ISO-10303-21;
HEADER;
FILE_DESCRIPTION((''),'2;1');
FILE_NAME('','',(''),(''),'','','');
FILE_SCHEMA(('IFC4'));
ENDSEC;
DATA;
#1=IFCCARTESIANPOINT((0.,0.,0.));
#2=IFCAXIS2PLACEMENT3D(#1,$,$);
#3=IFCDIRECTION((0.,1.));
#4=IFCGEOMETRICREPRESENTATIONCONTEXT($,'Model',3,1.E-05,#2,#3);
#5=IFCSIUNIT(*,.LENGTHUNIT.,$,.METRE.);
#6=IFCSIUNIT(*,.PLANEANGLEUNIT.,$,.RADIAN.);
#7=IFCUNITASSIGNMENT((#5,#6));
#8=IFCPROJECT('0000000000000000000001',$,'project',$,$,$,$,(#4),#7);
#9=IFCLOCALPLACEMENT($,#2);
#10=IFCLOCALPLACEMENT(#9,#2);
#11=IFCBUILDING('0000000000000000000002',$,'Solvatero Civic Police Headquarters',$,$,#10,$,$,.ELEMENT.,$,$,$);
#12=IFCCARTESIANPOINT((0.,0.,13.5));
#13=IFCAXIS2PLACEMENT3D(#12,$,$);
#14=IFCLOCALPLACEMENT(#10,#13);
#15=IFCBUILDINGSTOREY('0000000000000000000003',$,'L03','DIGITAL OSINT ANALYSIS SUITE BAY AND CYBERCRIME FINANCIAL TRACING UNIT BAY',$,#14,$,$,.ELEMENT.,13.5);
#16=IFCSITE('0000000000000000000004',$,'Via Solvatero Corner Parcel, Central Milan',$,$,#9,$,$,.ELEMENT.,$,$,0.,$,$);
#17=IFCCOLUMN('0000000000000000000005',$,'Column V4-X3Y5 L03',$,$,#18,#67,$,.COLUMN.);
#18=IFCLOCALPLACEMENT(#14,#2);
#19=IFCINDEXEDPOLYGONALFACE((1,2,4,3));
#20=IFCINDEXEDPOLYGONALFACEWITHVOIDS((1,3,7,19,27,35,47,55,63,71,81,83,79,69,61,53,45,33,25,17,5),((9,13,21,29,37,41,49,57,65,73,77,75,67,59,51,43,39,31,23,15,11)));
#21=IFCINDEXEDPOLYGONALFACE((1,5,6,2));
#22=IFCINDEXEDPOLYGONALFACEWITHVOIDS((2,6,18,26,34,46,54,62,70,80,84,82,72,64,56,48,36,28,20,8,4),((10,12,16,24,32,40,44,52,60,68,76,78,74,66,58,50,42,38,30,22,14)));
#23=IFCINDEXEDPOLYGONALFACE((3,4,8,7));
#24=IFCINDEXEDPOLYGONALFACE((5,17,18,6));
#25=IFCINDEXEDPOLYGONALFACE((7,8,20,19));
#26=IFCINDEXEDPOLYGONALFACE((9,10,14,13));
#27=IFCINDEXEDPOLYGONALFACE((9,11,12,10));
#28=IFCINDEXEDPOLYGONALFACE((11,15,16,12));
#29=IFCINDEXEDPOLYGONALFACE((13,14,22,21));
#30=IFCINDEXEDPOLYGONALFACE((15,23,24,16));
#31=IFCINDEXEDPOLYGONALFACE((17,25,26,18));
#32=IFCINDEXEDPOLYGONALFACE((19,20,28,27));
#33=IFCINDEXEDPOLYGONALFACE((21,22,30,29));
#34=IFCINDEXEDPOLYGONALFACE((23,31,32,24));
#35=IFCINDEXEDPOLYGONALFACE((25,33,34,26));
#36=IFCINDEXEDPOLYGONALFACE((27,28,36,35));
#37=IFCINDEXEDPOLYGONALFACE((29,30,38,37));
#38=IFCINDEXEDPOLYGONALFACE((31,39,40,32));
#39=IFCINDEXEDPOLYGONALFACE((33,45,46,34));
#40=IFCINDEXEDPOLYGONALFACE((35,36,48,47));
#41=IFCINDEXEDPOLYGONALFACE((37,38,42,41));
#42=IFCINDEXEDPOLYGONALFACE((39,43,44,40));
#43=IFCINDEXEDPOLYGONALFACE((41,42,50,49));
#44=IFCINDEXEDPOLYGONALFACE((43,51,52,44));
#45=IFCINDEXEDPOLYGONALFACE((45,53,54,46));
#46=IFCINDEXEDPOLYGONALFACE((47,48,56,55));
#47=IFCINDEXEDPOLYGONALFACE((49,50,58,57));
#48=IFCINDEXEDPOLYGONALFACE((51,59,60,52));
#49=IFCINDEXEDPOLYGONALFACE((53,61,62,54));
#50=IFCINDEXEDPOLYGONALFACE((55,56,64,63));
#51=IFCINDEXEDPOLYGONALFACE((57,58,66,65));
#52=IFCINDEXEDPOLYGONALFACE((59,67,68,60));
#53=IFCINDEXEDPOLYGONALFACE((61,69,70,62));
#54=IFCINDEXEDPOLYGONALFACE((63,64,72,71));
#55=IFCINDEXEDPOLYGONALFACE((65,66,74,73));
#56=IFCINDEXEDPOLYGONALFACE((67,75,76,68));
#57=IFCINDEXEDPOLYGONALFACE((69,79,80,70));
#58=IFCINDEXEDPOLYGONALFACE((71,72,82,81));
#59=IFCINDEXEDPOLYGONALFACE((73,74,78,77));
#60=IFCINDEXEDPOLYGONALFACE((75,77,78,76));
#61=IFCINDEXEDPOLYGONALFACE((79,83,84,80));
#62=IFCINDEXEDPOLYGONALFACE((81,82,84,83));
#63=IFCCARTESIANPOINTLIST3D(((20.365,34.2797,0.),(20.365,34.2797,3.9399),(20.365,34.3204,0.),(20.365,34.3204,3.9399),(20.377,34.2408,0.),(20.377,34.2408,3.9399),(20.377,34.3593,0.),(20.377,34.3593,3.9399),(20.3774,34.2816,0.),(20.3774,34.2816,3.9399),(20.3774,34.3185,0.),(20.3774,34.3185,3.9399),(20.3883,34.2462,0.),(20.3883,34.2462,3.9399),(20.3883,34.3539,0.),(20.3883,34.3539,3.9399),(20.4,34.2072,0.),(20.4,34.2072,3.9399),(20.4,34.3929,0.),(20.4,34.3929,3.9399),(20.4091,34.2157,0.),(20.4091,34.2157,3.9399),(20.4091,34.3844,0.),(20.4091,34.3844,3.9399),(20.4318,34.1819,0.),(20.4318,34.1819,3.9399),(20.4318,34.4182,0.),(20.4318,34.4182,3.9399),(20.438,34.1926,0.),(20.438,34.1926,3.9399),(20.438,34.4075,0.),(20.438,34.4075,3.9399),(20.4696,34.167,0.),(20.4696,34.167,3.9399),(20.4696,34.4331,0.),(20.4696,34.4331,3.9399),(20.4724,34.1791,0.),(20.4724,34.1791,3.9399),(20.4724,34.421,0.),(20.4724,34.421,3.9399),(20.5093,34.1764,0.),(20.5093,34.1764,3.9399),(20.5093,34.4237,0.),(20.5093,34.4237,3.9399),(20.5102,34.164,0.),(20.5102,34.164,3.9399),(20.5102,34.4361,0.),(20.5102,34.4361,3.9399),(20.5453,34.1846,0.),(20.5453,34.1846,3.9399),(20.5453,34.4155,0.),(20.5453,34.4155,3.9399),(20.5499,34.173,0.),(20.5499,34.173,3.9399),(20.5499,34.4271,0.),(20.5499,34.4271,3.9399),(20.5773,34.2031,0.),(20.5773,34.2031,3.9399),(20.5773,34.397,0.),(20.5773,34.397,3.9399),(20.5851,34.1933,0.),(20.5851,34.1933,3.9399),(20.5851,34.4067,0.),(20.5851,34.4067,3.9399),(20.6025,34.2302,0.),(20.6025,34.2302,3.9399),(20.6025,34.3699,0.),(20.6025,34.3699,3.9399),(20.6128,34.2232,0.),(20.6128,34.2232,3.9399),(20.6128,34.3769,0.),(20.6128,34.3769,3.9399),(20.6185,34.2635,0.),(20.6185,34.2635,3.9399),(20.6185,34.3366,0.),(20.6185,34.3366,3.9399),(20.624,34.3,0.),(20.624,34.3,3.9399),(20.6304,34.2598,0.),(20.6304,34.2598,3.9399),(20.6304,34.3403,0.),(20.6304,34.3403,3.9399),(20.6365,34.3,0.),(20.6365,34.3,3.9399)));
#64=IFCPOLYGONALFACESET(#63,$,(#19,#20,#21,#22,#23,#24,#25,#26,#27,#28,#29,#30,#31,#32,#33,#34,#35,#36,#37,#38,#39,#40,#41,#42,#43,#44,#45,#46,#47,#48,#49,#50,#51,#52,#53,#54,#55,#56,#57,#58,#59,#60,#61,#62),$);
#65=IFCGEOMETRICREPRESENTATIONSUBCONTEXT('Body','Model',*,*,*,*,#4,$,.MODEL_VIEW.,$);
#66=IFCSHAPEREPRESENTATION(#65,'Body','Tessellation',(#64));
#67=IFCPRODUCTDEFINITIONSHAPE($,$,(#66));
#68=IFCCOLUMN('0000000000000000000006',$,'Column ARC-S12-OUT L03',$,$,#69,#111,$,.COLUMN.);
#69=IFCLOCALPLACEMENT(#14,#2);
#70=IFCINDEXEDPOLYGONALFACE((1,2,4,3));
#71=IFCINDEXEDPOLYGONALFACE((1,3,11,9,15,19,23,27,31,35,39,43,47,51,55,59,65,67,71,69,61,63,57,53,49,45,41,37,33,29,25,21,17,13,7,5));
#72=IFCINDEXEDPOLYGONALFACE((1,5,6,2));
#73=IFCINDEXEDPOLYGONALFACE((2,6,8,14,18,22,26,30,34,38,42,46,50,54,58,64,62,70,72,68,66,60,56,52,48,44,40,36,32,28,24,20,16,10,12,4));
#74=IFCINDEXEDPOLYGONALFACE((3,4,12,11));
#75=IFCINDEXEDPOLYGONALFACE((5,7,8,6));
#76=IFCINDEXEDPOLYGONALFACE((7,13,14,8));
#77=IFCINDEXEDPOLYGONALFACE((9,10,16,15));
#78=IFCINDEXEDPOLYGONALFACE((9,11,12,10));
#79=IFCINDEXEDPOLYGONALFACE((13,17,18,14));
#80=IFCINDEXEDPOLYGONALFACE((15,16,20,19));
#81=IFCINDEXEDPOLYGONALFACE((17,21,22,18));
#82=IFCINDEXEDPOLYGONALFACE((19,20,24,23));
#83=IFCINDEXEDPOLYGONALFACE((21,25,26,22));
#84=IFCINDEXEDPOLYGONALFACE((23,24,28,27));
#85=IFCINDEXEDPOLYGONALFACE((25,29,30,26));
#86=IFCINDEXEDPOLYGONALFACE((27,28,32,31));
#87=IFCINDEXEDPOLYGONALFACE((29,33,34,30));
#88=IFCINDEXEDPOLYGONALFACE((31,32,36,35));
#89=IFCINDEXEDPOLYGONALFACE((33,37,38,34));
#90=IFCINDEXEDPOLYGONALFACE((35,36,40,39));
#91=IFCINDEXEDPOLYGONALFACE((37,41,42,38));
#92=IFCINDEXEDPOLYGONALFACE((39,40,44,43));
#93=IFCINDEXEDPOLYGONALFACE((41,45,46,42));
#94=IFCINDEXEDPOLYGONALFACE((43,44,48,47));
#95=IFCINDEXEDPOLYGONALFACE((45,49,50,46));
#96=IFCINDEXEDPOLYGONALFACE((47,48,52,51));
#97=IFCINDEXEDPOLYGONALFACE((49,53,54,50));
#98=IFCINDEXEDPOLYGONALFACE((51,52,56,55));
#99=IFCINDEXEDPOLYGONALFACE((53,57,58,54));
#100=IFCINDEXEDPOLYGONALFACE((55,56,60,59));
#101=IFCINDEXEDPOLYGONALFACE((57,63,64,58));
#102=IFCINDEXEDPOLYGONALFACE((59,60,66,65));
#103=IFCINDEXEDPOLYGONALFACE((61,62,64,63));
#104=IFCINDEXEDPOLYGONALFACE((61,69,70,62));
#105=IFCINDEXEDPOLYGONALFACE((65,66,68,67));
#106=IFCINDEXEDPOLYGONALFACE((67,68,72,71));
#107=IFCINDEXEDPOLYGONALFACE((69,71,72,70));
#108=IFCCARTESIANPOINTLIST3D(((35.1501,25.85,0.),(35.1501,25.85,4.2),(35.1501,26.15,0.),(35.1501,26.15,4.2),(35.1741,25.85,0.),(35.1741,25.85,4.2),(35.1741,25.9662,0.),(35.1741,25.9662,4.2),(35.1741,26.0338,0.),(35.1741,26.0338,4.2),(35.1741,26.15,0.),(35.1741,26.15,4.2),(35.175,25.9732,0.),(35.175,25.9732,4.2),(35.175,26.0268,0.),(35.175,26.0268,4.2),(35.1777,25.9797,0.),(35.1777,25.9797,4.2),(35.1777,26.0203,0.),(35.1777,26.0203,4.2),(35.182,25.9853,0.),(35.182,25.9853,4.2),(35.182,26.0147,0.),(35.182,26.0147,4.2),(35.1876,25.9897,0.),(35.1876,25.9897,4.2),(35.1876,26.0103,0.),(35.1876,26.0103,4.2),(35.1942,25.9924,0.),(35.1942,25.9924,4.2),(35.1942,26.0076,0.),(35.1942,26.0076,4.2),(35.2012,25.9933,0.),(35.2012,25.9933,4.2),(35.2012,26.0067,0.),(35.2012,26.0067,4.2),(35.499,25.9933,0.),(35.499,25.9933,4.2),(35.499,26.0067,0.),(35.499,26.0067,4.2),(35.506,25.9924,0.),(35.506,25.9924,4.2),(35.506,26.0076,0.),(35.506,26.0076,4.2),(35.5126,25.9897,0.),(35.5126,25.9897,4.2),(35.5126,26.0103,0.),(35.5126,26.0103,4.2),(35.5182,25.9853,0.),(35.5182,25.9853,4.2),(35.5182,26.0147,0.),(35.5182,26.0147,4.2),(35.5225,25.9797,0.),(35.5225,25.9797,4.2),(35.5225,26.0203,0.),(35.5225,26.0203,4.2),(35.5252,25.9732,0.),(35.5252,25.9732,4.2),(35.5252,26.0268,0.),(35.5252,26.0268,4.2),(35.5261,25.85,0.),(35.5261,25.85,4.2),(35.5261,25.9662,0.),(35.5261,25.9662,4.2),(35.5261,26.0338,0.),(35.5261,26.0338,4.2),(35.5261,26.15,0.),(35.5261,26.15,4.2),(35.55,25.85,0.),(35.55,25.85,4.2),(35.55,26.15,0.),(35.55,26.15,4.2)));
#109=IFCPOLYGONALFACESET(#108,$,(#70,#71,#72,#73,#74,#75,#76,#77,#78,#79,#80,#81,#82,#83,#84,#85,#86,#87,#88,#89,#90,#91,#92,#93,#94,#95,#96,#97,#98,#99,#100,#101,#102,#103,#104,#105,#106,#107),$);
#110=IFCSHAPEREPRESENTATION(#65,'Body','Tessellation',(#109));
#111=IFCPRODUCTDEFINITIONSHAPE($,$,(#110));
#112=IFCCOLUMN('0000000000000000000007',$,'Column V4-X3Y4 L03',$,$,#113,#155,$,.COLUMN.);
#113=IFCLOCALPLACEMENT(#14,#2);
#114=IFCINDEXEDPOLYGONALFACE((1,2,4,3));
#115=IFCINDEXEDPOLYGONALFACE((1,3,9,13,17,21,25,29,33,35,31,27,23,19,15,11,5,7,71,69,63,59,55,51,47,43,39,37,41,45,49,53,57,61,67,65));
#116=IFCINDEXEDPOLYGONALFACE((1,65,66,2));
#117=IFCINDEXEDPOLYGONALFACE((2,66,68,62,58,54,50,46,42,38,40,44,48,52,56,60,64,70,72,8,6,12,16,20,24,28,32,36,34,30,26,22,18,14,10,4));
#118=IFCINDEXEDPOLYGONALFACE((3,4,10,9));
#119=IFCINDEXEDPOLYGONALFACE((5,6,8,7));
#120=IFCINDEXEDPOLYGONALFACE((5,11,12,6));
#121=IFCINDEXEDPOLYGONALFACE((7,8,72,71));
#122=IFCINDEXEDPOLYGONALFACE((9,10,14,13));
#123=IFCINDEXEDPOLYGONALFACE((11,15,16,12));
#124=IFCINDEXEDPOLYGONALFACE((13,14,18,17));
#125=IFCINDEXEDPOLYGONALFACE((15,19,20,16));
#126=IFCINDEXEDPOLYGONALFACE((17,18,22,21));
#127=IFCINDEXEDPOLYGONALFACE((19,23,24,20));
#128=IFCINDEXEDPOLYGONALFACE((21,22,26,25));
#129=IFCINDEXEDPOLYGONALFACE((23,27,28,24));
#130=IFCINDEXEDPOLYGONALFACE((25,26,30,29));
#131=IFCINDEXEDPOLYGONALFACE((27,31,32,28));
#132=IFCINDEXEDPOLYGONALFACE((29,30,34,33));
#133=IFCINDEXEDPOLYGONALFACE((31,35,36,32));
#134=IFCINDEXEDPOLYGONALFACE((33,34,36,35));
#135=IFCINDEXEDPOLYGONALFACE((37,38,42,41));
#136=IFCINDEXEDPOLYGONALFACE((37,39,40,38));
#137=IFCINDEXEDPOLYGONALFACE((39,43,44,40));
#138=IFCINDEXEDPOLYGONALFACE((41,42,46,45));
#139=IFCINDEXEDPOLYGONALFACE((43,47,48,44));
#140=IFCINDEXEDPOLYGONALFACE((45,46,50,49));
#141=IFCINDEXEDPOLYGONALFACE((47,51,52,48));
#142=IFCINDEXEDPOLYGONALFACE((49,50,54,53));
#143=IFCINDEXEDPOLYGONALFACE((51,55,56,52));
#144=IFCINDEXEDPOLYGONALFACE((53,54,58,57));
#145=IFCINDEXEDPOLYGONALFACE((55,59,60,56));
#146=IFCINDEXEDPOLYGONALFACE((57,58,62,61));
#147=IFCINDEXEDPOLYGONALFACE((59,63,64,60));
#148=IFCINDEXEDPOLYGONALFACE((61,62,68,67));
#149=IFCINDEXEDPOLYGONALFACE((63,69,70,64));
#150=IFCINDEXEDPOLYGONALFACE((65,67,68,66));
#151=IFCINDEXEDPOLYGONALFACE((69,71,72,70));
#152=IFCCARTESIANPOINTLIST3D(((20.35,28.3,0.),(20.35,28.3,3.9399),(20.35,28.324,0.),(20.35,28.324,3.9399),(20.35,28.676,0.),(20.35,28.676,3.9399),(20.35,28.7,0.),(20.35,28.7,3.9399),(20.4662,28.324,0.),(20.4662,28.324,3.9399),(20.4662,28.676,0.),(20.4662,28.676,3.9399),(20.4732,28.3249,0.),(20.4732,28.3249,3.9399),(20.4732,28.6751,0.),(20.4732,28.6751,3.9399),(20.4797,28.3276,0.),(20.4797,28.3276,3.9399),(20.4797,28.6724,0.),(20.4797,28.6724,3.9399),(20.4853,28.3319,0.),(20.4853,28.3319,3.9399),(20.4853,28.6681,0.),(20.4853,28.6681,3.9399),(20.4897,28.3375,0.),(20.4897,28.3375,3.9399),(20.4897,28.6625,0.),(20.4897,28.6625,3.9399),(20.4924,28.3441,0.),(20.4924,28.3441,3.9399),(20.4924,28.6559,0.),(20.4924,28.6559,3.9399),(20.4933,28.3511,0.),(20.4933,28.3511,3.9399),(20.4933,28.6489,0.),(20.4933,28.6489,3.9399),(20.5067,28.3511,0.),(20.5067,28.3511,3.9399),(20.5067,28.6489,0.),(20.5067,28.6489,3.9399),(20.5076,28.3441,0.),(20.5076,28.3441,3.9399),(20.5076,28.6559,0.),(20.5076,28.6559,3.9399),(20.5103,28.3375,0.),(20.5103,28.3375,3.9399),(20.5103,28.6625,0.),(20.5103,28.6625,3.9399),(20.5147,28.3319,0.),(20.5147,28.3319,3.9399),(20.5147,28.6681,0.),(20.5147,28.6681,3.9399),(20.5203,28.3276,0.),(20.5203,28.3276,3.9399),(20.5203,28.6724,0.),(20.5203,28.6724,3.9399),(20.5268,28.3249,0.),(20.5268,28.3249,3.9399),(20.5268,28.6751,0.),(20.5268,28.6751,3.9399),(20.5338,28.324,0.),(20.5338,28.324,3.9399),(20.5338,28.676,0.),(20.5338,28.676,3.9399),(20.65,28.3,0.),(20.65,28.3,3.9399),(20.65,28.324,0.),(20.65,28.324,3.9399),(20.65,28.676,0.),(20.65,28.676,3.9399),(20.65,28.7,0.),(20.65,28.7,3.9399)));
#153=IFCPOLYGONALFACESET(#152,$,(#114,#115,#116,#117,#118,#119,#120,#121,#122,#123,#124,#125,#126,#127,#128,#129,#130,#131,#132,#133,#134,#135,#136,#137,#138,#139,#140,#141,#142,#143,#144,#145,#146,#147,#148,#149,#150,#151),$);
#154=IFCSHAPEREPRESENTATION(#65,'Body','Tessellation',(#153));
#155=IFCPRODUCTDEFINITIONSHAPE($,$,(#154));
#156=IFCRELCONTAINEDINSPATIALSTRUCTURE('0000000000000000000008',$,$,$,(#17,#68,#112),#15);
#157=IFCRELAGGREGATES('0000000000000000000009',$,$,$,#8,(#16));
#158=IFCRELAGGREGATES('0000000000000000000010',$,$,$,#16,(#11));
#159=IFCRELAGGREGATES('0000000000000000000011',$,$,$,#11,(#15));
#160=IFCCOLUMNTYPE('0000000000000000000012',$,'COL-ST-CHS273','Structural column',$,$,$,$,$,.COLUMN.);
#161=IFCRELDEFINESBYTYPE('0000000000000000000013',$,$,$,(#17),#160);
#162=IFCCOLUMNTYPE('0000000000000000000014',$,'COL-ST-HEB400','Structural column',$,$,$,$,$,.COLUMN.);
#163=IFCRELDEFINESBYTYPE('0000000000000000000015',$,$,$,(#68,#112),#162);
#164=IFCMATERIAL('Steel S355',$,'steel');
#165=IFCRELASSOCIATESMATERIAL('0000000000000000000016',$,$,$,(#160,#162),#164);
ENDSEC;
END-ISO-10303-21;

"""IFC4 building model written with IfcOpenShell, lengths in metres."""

from ifc_helpers import new_model, si_unit, direction, frame, origin, origin_2d, place, context, subcontext, project, spatial, hollow_circle, i_section, extrude, material, material_profile, profile_set, type_object, element, save


model = new_model("IFC4")

# Units and contexts
model_context = context("Model", 3, precision=1e-05, world=origin(), true_north=direction((0.0, 1.0)))
body_context = subcontext(model_context, "Body", "Model", "MODEL_VIEW")
ifc_project = project(units=[si_unit("LENGTHUNIT", "METRE"), si_unit("PLANEANGLEUNIT", "RADIAN")], contexts=[model_context])

# Site, building, storey
site_placement = place(None, origin())
site = spatial("IfcSite", under=ifc_project, at=site_placement, Name="Via Solvatero Corner Parcel, Central Milan", CompositionType="ELEMENT", RefElevation=0.0)
building_placement = place(site_placement, origin())
building = spatial("IfcBuilding", under=site, at=building_placement, Name="Solvatero Civic Police Headquarters", CompositionType="ELEMENT")
storey_placement = place(building_placement, frame((0.0, 0.0, 13.5)))
storey = spatial("IfcBuildingStorey", under=building, at=storey_placement, Name="L03", Description="DIGITAL OSINT ANALYSIS SUITE BAY AND CYBERCRIME FINANCIAL TRACING UNIT BAY", CompositionType="ELEMENT", Elevation=13.5)

# Columns
ifc_material_1 = material(Name="Steel S355", Category="steel")
ifc_material_profile_1 = material_profile(ifc_material_1, hollow_circle(Radius=0.1365, WallThickness=0.0125, at=origin_2d()), Name="CHS 273.0x12.5")
ifc_profile_set_1 = profile_set([ifc_material_profile_1], Name="Steel S355")
column_type_1 = type_object("IfcColumnType", Name="COL-ST-CHS273", Description="Structural column", PredefinedType="COLUMN", material=ifc_profile_set_1)
column_1_placement = place(storey_placement, frame((20.5, 34.3, 0.0), z_axis=(0.0, 0.0, 1.0), x_axis=(1.0, 0.0, 0.0)))
element("IfcColumn", 1, at=column_1_placement, inside=storey, type_object=column_type_1, Name="Column V4-X3Y5 L03", PredefinedType="COLUMN", context=body_context, shape_type="SweptSolid", body=[
    extrude(hollow_circle(Radius=0.1365, WallThickness=0.0125, at=origin_2d()), origin(), (0.0, 0.0, 1.0), 3.9399),
])
ifc_material_profile_2 = material_profile(ifc_material_1, i_section(OverallWidth=0.3, OverallDepth=0.3999, WebThickness=0.0134, FlangeThickness=0.0239, FilletRadius=0.0271, at=origin_2d()), Name="HEB 400")
ifc_profile_set_2 = profile_set([ifc_material_profile_2], Name="Steel S355")
column_type_2 = type_object("IfcColumnType", Name="COL-ST-HEB400", Description="Structural column", PredefinedType="COLUMN", material=ifc_profile_set_2)
column_2_placement = place(storey_placement, frame((35.3501, 26.0, 0.0), z_axis=(0.0, 0.0, 1.0), x_axis=(0.0, 1.0, 0.0)))
element("IfcColumn", 2, at=column_2_placement, inside=storey, type_object=column_type_2, Name="Column ARC-S12-OUT L03", PredefinedType="COLUMN", context=body_context, shape_type="SweptSolid", body=[
    extrude(i_section(OverallWidth=0.3, OverallDepth=0.3999, WebThickness=0.0134, FlangeThickness=0.0239, FilletRadius=0.0271, at=origin_2d()), origin(), (0.0, 0.0, 1.0), 4.2),
])
column_3_placement = place(storey_placement, frame((20.5, 28.5, 0.0), z_axis=(0.0, 0.0, 1.0), x_axis=(1.0, 0.0, 0.0)))
element("IfcColumn", 3, at=column_3_placement, inside=storey, type_object=column_type_2, Name="Column V4-X3Y4 L03", PredefinedType="COLUMN", context=body_context, shape_type="SweptSolid", body=[
    extrude(i_section(OverallWidth=0.3, OverallDepth=0.3999, WebThickness=0.0134, FlangeThickness=0.0239, FilletRadius=0.0271, at=origin_2d()), origin(), (0.0, 0.0, 1.0), 3.9399),
])

save(model, "model.ifc")
